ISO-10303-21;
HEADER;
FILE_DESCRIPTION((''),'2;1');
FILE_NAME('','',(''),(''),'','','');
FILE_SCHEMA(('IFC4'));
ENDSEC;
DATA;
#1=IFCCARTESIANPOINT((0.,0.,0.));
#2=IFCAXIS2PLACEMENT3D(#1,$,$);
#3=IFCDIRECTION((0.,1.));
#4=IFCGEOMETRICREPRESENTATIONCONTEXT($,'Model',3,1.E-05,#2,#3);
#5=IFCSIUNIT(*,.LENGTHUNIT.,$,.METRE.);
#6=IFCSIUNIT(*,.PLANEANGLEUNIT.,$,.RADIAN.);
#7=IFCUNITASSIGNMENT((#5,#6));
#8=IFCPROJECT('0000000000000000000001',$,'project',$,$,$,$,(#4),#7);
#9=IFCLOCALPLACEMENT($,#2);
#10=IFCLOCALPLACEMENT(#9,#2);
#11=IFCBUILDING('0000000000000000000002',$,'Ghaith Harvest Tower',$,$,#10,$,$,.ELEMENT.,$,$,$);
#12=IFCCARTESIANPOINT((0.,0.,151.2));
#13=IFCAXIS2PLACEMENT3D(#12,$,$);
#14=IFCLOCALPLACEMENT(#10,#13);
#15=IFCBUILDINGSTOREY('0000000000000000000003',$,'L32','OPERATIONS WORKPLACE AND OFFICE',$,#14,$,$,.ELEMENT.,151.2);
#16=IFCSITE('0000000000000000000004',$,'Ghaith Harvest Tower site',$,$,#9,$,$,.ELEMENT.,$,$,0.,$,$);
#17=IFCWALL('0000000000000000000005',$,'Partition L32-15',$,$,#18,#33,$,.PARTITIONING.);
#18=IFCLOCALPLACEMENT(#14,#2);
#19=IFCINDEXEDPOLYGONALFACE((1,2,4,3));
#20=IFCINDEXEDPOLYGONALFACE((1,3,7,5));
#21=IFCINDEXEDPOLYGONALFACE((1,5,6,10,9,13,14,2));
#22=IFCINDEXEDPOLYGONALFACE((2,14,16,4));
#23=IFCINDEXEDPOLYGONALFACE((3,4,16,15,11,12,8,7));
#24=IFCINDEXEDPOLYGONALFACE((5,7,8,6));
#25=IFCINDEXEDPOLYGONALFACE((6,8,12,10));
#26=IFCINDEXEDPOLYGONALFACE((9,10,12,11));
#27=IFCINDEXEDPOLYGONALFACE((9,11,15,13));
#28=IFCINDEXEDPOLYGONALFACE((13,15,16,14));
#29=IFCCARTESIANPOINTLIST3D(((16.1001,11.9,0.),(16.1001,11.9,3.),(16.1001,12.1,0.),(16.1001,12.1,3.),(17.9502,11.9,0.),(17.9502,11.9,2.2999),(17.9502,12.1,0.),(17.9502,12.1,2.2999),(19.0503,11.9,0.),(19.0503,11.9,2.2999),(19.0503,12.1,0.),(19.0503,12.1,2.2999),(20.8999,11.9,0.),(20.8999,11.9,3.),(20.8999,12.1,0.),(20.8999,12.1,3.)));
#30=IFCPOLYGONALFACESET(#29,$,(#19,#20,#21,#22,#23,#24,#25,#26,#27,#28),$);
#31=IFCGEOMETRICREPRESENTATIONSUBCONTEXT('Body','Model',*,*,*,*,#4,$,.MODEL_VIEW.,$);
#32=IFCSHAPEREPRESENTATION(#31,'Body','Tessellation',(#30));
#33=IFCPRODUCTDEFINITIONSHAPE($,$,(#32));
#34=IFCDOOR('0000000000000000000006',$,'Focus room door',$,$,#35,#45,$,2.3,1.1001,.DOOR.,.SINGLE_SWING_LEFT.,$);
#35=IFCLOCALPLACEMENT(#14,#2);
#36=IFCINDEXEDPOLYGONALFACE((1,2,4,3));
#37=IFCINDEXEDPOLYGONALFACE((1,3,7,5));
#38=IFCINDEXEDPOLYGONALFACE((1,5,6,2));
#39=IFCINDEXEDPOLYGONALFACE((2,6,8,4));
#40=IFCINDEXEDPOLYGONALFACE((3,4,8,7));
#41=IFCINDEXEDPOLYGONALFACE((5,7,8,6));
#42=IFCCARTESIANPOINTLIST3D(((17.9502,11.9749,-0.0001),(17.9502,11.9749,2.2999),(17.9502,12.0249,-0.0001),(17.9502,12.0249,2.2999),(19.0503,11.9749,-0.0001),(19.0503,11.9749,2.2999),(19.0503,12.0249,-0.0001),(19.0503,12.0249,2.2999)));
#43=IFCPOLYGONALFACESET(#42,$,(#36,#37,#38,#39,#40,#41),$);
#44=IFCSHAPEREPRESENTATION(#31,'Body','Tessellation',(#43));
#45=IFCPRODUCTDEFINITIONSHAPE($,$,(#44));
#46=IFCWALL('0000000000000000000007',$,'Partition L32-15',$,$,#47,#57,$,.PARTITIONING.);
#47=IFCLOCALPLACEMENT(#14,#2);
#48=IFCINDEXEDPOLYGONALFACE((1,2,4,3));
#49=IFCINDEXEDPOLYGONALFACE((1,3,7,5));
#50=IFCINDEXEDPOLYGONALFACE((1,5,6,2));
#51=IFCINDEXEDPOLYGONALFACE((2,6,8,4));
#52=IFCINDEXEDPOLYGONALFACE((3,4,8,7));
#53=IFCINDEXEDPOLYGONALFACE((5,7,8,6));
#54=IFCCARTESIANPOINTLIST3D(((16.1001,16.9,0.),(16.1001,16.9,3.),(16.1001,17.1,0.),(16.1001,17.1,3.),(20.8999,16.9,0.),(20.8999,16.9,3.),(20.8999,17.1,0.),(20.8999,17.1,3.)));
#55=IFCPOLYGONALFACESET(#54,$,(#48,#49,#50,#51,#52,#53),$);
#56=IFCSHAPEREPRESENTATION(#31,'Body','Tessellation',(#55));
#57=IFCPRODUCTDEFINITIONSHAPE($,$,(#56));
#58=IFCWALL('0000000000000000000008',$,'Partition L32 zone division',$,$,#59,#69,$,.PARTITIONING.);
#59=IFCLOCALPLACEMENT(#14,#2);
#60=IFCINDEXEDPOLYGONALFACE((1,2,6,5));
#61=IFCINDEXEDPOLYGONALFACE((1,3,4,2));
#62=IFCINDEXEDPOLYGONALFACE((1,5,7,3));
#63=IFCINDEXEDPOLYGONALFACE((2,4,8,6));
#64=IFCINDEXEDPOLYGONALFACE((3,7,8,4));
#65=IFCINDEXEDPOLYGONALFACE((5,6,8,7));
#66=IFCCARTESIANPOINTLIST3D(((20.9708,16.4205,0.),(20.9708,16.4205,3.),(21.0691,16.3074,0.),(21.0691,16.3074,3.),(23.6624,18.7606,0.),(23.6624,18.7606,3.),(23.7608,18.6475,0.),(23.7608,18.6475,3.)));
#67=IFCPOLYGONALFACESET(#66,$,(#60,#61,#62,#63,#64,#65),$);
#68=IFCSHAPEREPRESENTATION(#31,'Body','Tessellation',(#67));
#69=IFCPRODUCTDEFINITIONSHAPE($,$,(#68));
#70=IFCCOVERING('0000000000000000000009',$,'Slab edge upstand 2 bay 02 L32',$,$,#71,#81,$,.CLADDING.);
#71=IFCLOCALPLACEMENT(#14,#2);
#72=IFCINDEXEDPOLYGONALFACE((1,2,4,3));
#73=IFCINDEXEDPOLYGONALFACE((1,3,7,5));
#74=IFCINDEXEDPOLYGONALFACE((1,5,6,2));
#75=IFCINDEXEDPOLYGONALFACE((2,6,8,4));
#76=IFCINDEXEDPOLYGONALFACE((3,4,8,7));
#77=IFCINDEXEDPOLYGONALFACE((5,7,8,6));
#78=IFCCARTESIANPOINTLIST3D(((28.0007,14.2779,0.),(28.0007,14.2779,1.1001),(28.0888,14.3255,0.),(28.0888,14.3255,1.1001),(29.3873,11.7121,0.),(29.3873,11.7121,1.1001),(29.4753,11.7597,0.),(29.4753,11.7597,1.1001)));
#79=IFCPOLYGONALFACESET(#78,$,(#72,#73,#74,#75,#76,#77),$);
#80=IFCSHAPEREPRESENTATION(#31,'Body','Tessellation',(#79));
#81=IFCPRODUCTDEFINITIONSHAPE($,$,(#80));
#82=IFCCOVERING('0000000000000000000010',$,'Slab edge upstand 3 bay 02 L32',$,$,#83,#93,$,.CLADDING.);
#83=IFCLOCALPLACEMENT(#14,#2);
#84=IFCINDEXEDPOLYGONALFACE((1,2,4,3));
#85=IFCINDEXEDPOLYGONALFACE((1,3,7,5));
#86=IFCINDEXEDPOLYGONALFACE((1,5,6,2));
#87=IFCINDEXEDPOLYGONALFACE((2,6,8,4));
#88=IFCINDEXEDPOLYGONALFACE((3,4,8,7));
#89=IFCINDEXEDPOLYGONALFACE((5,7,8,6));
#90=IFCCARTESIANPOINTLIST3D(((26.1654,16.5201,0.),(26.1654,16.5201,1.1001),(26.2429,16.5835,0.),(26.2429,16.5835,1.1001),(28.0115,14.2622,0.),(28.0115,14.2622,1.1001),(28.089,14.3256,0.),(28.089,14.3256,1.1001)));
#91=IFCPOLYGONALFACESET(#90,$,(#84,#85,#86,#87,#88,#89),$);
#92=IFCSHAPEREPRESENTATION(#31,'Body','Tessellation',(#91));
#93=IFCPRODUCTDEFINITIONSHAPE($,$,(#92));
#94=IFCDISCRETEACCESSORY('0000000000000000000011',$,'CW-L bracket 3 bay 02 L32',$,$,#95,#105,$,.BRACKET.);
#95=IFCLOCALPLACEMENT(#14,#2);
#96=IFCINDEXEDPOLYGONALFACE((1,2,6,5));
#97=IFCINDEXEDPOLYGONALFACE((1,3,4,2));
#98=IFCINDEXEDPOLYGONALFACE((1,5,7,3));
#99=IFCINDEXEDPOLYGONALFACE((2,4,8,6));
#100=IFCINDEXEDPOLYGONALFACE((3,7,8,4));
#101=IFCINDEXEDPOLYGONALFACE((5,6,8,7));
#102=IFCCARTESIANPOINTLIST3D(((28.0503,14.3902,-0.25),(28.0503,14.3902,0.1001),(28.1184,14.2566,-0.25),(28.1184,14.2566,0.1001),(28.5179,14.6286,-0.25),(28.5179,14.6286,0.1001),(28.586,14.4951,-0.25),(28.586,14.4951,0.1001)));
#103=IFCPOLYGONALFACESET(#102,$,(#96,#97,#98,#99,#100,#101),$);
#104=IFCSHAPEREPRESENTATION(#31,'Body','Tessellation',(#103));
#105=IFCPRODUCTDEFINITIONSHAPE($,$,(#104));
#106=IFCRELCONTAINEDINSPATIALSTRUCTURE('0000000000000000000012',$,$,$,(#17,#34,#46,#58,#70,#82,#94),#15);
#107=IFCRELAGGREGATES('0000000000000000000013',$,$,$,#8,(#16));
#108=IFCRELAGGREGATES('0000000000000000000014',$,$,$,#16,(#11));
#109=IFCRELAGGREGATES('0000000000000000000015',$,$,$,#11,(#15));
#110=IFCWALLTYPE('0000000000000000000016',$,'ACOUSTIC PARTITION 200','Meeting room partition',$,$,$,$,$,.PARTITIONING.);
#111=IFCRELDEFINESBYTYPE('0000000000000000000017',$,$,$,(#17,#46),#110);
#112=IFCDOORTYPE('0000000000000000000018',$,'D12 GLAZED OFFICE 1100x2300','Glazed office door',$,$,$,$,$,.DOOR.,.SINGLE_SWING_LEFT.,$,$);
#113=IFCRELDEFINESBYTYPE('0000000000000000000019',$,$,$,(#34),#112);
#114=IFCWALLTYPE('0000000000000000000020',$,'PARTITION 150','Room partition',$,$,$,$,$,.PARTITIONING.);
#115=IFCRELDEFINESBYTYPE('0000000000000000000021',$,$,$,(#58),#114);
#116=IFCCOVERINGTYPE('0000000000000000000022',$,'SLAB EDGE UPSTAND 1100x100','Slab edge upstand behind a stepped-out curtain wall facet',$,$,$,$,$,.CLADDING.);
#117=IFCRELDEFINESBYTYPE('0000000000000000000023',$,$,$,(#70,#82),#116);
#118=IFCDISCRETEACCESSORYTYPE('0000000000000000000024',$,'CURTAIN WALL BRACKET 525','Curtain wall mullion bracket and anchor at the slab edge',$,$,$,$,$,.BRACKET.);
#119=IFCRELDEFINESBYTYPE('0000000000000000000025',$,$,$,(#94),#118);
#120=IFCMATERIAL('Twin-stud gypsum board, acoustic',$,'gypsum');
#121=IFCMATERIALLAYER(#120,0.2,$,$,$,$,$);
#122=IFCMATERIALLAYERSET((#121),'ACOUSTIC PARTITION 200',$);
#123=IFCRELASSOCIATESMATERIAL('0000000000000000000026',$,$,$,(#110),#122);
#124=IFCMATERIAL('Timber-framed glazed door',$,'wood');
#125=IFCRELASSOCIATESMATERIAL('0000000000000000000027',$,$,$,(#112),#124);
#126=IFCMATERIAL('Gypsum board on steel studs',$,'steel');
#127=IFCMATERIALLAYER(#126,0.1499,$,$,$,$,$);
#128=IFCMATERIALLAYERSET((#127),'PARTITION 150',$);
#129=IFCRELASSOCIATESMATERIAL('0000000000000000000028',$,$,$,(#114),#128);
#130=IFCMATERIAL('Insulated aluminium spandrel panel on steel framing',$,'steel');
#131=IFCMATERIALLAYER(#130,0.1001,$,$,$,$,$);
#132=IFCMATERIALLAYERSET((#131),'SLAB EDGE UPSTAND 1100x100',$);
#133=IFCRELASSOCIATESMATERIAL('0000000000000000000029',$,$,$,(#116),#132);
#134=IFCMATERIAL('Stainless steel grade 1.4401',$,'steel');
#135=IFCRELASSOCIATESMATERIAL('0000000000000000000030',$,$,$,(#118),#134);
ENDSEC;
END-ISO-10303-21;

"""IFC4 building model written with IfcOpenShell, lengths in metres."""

from ifc_helpers import new_model, si_unit, direction, frame, frame_2d, origin, origin_2d, place, context, subcontext, project, spatial, rectangle, extrude, material, layer, layer_set, type_object, element, fill, save


model = new_model("IFC4")

# Units and contexts
model_context = context("Model", 3, precision=1e-05, world=origin(), true_north=direction((0.0, 1.0)))
body_context = subcontext(model_context, "Body", "Model", "MODEL_VIEW")
ifc_project = project(units=[si_unit("LENGTHUNIT", "METRE"), si_unit("PLANEANGLEUNIT", "RADIAN")], contexts=[model_context])

# Site, building, storey
site_placement = place(None, origin())
site = spatial("IfcSite", under=ifc_project, at=site_placement, Name="Ghaith Harvest Tower site", CompositionType="ELEMENT", RefElevation=0.0)
building_placement = place(site_placement, origin())
building = spatial("IfcBuilding", under=site, at=building_placement, Name="Ghaith Harvest Tower", CompositionType="ELEMENT")
storey_placement = place(building_placement, frame((0.0, 0.0, 151.2)))
storey = spatial("IfcBuildingStorey", under=building, at=storey_placement, Name="L32", Description="OPERATIONS WORKPLACE AND OFFICE", CompositionType="ELEMENT", Elevation=151.2)

# Wall, opening, door
ifc_material_1 = material(Name="Twin-stud gypsum board, acoustic", Category="gypsum")
ifc_layer_1 = layer(ifc_material_1, 0.2)
ifc_layer_set_1 = layer_set([ifc_layer_1], Name="ACOUSTIC PARTITION 200")
wall_type_1 = type_object("IfcWallType", Name="ACOUSTIC PARTITION 200", Description="Meeting room partition", PredefinedType="PARTITIONING", material=ifc_layer_set_1)
wall_1_placement = place(storey_placement, frame((16.1001, 12.0, 0.0), z_axis=(0.0, 0.0, 1.0), x_axis=(1.0, 0.0, 0.0)))
wall_1 = element("IfcWall", 1, at=wall_1_placement, inside=storey, type_object=wall_type_1, Name="Partition L32-15", PredefinedType="PARTITIONING", context=body_context, shape_type="SweptSolid", body=[
    extrude(rectangle(XDim=4.7998, YDim=0.2, at=frame_2d((2.3999, 0.0))), origin(), (0.0, 0.0, 1.0), 3.0),
])
opening_placement = place(wall_1_placement, frame((1.8501, 0.0, 0.0)))
opening = element("IfcOpeningElement", 2, at=opening_placement, cuts=wall_1, PredefinedType="OPENING", context=body_context, shape_type="SweptSolid", body=[
    extrude(rectangle(XDim=1.1001, YDim=2.3, at=frame_2d((0.55, 1.1499))), frame((0.0, 0.1099, 0.0), z_axis=(0.0, -1.0, 0.0), x_axis=(1.0, 0.0, 0.0)), (0.0, 0.0, 1.0), 0.22),
])
ifc_material_2 = material(Name="Timber-framed glazed door", Category="wood")
door_type = type_object("IfcDoorType", Name="D12 GLAZED OFFICE 1100x2300", Description="Glazed office door", OperationType="SINGLE_SWING_LEFT", PredefinedType="DOOR", material=ifc_material_2)
door_placement = place(opening_placement, origin())
door = element("IfcDoor", 3, at=door_placement, inside=storey, type_object=door_type, Name="Focus room door", OperationType="SINGLE_SWING_LEFT", OverallHeight=2.3, OverallWidth=1.1001, PredefinedType="DOOR", context=body_context, shape_type="SweptSolid", body=[
    extrude(rectangle(XDim=1.1001, YDim=2.3, at=frame_2d((0.55, 1.1499))), frame((0.0, 0.0249, 0.0), z_axis=(0.0, -1.0, 0.0), x_axis=(1.0, 0.0, 0.0)), (0.0, 0.0, 1.0), 0.05),
])
fill(opening, door)

# Walls
wall_2_placement = place(storey_placement, frame((16.1001, 17.0, 0.0), z_axis=(0.0, 0.0, 1.0), x_axis=(1.0, 0.0, 0.0)))
element("IfcWall", 4, at=wall_2_placement, inside=storey, type_object=wall_type_1, Name="Partition L32-15", PredefinedType="PARTITIONING", context=body_context, shape_type="SweptSolid", body=[
    extrude(rectangle(XDim=4.7998, YDim=0.2, at=frame_2d((2.3999, 0.0))), origin(), (0.0, 0.0, 1.0), 3.0),
])
ifc_material_3 = material(Name="Gypsum board on steel studs", Category="steel")
ifc_layer_2 = layer(ifc_material_3, 0.1499)
ifc_layer_set_2 = layer_set([ifc_layer_2], Name="PARTITION 150")
wall_type_2 = type_object("IfcWallType", Name="PARTITION 150", Description="Room partition", PredefinedType="PARTITIONING", material=ifc_layer_set_2)
wall_3_placement = place(storey_placement, frame((21.02, 16.364, 0.0), z_axis=(0.0, 0.0, 1.0), x_axis=(0.754672, 0.656102, 0.0)))
element("IfcWall", 5, at=wall_3_placement, inside=storey, type_object=wall_type_2, Name="Partition L32 zone division", PredefinedType="PARTITIONING", context=body_context, shape_type="SweptSolid", body=[
    extrude(rectangle(XDim=3.5667, YDim=0.1499, at=frame_2d((1.7832, 0.0))), origin(), (0.0, 0.0, 1.0), 3.0),
])

# Coverings
ifc_material_4 = material(Name="Insulated aluminium spandrel panel on steel framing", Category="steel")
ifc_layer_3 = layer(ifc_material_4, 0.1001)
ifc_layer_set_3 = layer_set([ifc_layer_3], Name="SLAB EDGE UPSTAND 1100x100")
covering_type = type_object("IfcCoveringType", Name="SLAB EDGE UPSTAND 1100x100", Description="Slab edge upstand behind a stepped-out curtain wall facet", PredefinedType="CLADDING", material=ifc_layer_set_3)
for number, where, z_axis, x_axis, name in (
    (6, (28.738, 13.0188, 0.0), (0.0, 0.0, 1.0), (-0.475409, 0.879765, 0.0), "Slab edge upstand 2 bay 02 L32"),
    (7, (27.1272, 15.4229, 0.0), (0.0, 0.0, 1.0), (-0.63297, 0.774177, 0.0), "Slab edge upstand 3 bay 02 L32"),
):
    element("IfcCovering", number, at=place(storey_placement, frame(where, z_axis=z_axis, x_axis=x_axis)), inside=storey, type_object=covering_type, Name=name, PredefinedType="CLADDING", context=body_context, shape_type="SweptSolid", body=[
        extrude(rectangle(XDim=2.9165, YDim=0.1001, at=origin_2d()), origin(), (0.0, 0.0, 1.0), 1.1001),
    ])

# Discrete accessory
ifc_material_5 = material(Name="Stainless steel grade 1.4401", Category="steel")
discrete_accessory_type = type_object("IfcDiscreteAccessoryType", Name="CURTAIN WALL BRACKET 525", Description="Curtain wall mullion bracket and anchor at the slab edge", PredefinedType="BRACKET", material=ifc_material_5)
discrete_accessory_placement = place(storey_placement, frame((28.3181, 14.4426, -0.25), z_axis=(0.0, 0.0, 1.0), x_axis=(0.890831, 0.454335, 0.0)))
element("IfcDiscreteAccessory", 8, at=discrete_accessory_placement, inside=storey, type_object=discrete_accessory_type, Name="CW-L bracket 3 bay 02 L32", PredefinedType="BRACKET", context=body_context, shape_type="SweptSolid", body=[
    extrude(rectangle(XDim=0.5249, YDim=0.1499, at=origin_2d()), origin(), (0.0, 0.0, 1.0), 0.3501),
])

save(model, "model.ifc")
